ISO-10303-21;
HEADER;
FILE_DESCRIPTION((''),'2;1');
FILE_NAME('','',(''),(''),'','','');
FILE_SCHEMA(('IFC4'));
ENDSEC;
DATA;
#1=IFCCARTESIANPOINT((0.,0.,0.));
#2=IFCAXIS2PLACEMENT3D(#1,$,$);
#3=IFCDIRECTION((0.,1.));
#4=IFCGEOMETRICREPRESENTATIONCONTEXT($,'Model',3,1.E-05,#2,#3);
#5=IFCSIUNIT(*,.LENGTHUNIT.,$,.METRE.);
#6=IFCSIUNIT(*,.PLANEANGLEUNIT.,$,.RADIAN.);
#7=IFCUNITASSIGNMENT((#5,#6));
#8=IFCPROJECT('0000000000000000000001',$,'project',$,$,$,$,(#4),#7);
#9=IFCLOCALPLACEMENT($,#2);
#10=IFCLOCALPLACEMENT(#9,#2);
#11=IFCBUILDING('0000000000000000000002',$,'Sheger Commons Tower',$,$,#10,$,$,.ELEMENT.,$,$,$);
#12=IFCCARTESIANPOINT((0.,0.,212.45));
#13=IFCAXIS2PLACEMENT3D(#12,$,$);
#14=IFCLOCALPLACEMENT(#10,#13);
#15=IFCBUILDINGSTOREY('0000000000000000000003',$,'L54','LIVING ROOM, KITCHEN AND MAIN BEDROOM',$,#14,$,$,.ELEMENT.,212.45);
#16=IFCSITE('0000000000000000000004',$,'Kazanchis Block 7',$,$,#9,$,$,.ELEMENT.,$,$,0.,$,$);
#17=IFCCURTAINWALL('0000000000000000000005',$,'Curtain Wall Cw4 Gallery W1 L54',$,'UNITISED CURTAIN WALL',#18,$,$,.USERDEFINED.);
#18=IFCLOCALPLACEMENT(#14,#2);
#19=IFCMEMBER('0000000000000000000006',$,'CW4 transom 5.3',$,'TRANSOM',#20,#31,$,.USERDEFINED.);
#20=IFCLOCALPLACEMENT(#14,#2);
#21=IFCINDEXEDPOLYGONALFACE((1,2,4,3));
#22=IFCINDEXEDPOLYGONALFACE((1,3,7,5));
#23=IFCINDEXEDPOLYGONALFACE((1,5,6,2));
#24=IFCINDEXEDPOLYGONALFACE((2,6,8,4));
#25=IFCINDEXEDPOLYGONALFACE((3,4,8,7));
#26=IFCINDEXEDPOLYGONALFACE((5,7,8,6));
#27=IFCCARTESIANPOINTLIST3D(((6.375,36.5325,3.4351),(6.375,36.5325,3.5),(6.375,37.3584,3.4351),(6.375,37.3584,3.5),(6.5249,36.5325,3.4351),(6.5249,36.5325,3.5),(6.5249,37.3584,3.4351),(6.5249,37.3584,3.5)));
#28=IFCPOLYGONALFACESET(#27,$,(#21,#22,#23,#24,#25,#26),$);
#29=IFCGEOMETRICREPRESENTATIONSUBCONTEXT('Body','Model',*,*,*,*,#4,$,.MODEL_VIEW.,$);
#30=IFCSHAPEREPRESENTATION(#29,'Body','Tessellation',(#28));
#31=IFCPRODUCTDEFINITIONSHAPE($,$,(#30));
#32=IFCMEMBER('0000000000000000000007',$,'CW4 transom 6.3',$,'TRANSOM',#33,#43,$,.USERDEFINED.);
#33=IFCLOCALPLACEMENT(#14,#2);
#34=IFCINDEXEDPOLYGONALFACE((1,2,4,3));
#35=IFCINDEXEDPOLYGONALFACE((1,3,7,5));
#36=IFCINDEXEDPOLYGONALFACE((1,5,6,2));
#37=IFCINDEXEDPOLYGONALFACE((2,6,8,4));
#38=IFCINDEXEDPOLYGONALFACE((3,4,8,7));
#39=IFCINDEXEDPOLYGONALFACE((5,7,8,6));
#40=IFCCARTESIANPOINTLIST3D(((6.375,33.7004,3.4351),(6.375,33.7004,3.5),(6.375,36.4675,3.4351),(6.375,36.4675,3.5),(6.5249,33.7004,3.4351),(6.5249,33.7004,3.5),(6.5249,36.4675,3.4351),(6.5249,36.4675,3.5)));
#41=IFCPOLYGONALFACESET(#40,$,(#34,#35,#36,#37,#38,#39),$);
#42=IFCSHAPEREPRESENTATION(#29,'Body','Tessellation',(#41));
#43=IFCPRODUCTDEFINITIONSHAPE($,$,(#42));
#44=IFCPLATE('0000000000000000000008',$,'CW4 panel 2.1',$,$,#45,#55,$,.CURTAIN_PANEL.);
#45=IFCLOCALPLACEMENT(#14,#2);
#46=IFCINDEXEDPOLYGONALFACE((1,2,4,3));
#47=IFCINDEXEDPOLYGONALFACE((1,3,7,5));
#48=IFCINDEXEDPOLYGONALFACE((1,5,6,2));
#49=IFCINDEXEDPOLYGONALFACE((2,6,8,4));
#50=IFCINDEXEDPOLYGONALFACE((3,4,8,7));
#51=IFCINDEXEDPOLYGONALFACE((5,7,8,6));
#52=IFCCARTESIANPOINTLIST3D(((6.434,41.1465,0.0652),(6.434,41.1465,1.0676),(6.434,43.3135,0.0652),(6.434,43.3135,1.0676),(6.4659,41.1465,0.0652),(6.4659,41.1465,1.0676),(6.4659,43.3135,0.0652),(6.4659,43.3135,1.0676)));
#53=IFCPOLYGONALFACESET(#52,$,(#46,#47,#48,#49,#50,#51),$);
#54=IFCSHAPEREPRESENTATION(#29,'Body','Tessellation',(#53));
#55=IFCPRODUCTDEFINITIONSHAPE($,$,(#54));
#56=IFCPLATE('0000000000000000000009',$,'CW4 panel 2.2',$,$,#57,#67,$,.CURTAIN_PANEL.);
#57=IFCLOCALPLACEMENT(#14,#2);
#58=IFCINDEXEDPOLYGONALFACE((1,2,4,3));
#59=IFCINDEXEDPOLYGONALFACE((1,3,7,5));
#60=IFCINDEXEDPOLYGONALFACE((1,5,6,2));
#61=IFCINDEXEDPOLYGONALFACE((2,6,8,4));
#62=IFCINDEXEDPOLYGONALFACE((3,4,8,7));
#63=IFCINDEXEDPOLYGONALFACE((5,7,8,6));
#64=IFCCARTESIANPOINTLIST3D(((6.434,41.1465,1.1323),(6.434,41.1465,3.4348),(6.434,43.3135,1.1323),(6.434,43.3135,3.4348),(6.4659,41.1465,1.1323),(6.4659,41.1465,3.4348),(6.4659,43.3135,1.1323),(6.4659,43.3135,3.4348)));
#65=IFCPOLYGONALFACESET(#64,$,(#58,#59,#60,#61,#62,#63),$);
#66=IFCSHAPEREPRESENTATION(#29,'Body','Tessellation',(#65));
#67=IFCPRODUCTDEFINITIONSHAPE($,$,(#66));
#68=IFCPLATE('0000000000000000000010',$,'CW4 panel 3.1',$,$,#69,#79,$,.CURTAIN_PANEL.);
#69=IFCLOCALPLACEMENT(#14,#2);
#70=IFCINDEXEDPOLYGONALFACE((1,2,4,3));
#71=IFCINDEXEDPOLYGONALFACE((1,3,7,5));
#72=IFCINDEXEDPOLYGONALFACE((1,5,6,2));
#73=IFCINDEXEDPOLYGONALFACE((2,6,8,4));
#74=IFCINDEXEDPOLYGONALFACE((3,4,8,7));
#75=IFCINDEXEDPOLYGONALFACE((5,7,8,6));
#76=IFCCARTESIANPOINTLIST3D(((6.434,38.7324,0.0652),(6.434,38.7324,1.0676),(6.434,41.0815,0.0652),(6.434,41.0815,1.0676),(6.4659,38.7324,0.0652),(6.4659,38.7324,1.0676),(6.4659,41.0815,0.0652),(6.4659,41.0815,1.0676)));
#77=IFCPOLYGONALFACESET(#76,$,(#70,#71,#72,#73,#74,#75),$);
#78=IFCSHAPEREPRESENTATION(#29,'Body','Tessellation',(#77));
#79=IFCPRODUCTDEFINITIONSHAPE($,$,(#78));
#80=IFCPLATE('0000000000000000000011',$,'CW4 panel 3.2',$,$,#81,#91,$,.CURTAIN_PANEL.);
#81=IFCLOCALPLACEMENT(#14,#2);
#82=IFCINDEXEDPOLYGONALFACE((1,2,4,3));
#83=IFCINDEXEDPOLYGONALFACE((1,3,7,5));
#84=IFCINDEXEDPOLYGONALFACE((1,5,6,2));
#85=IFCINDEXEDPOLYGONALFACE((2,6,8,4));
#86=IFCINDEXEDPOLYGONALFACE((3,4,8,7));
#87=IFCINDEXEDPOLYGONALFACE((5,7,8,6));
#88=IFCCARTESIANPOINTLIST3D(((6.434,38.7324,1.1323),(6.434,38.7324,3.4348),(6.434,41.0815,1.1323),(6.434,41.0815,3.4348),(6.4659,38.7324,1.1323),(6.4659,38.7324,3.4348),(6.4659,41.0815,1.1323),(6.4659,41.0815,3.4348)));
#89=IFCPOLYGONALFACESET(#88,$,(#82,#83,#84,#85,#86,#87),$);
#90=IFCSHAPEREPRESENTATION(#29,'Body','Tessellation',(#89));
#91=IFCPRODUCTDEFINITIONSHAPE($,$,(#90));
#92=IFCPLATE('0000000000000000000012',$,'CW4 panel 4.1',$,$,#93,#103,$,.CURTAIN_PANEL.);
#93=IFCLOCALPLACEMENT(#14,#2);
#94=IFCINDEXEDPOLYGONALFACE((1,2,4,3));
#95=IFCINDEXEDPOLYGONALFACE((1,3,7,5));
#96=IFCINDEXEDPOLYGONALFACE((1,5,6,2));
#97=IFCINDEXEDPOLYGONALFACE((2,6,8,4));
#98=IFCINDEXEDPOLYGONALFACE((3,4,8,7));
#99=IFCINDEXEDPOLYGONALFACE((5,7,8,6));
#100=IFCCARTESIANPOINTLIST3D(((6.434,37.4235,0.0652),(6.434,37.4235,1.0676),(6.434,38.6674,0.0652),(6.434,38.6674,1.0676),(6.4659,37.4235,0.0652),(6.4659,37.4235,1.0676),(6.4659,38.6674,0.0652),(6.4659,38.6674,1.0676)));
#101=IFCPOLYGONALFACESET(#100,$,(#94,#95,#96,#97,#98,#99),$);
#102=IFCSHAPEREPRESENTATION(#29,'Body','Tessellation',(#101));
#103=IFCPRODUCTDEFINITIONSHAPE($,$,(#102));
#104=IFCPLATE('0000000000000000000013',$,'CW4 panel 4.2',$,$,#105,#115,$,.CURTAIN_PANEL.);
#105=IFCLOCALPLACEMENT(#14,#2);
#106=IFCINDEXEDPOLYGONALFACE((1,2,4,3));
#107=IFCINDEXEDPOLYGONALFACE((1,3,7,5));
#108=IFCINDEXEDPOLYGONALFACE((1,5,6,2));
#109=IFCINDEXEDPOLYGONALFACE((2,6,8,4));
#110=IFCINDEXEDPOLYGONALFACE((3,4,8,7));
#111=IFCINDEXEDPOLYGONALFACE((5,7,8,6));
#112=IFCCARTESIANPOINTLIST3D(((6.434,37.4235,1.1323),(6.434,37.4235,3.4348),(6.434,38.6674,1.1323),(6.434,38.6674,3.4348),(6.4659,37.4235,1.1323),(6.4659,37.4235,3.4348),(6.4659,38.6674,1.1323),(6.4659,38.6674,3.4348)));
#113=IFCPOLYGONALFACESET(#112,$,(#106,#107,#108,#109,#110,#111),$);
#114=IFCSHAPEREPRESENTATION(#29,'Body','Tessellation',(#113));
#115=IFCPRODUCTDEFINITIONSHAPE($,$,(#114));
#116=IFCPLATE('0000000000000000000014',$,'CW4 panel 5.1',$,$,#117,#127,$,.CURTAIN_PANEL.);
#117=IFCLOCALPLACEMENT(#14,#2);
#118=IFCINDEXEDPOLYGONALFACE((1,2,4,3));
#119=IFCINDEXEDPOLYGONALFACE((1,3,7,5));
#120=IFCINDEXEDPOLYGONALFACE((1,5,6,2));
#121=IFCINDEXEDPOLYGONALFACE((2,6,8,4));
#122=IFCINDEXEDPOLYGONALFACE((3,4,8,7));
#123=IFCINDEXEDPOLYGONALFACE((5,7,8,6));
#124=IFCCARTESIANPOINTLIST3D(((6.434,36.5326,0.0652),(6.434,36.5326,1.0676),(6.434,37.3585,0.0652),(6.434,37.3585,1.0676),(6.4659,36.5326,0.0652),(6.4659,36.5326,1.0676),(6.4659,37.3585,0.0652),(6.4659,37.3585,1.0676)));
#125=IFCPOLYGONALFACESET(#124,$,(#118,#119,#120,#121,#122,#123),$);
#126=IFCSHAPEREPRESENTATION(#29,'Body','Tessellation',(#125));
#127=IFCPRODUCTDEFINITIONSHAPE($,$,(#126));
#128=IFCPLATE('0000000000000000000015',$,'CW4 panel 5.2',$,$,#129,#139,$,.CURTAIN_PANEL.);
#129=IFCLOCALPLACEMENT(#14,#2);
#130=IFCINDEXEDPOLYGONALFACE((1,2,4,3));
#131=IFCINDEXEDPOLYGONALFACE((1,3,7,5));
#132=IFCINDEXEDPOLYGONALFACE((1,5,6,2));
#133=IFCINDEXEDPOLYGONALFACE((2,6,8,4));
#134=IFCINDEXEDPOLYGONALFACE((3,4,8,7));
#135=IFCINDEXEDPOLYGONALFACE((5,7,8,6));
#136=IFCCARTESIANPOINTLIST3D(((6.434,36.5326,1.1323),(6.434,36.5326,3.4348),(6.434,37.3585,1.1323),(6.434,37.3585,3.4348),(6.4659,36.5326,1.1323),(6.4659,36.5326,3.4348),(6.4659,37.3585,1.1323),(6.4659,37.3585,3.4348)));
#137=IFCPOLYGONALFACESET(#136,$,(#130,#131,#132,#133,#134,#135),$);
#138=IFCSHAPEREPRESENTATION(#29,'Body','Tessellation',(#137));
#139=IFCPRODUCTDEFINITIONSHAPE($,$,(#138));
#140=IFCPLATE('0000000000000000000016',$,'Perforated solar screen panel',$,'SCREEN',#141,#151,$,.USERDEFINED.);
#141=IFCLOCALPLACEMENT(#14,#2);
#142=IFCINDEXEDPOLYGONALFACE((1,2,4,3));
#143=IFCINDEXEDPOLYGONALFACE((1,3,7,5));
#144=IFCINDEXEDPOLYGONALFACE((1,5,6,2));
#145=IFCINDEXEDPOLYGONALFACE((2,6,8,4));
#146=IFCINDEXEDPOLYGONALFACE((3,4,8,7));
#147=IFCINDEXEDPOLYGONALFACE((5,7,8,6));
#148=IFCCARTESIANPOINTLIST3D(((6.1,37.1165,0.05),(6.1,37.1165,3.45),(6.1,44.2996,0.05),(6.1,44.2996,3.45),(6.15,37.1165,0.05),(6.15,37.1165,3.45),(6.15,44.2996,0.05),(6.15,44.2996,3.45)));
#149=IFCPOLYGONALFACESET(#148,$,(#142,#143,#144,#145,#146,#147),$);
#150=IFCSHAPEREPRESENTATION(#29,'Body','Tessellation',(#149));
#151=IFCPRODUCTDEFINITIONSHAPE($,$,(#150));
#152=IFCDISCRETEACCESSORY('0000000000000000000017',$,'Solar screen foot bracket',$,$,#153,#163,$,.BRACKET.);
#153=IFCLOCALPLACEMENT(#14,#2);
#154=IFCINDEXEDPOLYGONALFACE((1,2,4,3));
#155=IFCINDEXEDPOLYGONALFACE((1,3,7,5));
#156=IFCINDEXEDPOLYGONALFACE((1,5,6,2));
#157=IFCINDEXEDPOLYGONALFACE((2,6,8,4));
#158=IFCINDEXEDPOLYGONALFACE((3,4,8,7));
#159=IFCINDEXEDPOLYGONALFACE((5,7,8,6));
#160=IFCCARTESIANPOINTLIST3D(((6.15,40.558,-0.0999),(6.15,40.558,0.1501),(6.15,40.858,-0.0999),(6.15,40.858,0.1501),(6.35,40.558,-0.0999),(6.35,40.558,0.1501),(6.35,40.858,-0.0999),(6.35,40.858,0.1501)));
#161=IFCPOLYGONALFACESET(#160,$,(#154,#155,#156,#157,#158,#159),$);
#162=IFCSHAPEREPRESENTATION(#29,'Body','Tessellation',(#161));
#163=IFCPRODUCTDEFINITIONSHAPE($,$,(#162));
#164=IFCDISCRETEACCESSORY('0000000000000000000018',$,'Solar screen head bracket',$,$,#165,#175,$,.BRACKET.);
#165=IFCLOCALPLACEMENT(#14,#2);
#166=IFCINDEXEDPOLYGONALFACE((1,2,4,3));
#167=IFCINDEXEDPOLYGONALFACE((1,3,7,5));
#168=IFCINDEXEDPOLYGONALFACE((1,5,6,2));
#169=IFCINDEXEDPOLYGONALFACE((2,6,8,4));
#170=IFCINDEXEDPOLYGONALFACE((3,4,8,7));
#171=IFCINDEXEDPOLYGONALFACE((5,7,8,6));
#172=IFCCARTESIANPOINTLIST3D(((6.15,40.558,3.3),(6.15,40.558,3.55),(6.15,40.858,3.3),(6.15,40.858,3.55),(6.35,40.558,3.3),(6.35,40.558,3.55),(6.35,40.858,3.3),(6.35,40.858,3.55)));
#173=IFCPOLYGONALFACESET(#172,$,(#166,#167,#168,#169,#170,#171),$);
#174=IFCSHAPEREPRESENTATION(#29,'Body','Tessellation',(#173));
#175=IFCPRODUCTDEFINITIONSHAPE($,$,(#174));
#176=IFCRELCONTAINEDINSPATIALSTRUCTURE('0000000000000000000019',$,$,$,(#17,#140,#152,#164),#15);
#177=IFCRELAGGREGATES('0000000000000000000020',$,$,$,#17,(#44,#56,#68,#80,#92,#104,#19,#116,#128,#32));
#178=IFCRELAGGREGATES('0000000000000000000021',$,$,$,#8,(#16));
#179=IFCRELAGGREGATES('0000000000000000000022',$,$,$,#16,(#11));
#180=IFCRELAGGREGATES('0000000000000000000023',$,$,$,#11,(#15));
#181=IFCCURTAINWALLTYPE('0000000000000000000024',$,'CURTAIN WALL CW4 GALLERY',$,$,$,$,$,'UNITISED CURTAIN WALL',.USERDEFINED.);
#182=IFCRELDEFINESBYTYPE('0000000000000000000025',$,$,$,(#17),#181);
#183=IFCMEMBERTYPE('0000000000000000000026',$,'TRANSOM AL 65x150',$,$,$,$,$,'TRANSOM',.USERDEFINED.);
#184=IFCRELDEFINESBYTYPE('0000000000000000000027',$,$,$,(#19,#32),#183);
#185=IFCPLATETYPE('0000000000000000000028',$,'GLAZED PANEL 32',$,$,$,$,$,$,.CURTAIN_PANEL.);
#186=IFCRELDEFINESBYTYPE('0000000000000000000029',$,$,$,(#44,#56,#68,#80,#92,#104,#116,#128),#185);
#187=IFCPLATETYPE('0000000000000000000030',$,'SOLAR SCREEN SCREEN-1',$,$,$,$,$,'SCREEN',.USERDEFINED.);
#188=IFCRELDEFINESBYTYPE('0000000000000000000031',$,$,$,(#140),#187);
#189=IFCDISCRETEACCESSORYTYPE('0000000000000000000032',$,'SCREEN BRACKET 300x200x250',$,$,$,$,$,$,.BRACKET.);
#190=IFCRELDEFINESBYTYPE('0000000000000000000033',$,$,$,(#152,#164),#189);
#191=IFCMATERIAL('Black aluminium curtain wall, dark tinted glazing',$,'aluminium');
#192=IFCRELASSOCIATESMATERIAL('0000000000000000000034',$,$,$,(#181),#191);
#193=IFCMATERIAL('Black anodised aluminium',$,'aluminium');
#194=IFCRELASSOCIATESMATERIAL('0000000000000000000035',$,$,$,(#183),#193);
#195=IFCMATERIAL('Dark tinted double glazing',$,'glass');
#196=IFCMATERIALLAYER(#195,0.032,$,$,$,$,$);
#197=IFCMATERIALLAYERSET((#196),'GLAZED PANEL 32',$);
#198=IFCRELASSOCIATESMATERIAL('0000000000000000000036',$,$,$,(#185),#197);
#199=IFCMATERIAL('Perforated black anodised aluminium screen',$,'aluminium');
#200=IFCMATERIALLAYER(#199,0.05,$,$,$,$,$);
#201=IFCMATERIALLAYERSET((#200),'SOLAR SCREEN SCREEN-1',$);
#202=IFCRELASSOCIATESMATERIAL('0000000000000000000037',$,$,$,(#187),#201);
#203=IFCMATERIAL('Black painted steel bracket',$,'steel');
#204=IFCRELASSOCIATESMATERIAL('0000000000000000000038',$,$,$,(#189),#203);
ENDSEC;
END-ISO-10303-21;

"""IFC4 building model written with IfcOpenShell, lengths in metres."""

from ifc_helpers import new_model, si_unit, direction, frame, origin, origin_2d, place, context, subcontext, project, spatial, rectangle, extrude, material, layer, layer_set, material_profile, profile_set, type_object, element, aggregate, save


model = new_model("IFC4")

# Units and contexts
model_context = context("Model", 3, precision=1e-05, world=origin(), true_north=direction((0.0, 1.0)))
body_context = subcontext(model_context, "Body", "Model", "MODEL_VIEW")
ifc_project = project(units=[si_unit("LENGTHUNIT", "METRE"), si_unit("PLANEANGLEUNIT", "RADIAN")], contexts=[model_context])

# Site, building, storey
site_placement = place(None, origin())
site = spatial("IfcSite", under=ifc_project, at=site_placement, Name="Kazanchis Block 7", CompositionType="ELEMENT", RefElevation=0.0)
building_placement = place(site_placement, origin())
building = spatial("IfcBuilding", under=site, at=building_placement, Name="Sheger Commons Tower", CompositionType="ELEMENT")
storey_placement = place(building_placement, frame((0.0, 0.0, 212.45)))
storey = spatial("IfcBuildingStorey", under=building, at=storey_placement, Name="L54", Description="LIVING ROOM, KITCHEN AND MAIN BEDROOM", CompositionType="ELEMENT", Elevation=212.45)

# Curtain wall, members, plates
ifc_material_1 = material(Name="Black aluminium curtain wall, dark tinted glazing", Category="aluminium")
curtain_wall_type = type_object("IfcCurtainWallType", Name="CURTAIN WALL CW4 GALLERY", ElementType="UNITISED CURTAIN WALL", PredefinedType="USERDEFINED", material=ifc_material_1)
curtain_wall_placement = place(storey_placement, origin())
curtain_wall = element("IfcCurtainWall", 1, at=curtain_wall_placement, inside=storey, type_object=curtain_wall_type, Name="Curtain Wall Cw4 Gallery W1 L54", ObjectType="UNITISED CURTAIN WALL", PredefinedType="USERDEFINED")
ifc_material_2 = material(Name="Black anodised aluminium", Category="aluminium")
ifc_material_profile_1 = material_profile(ifc_material_2, rectangle(XDim=0.1499, YDim=0.0649, at=origin_2d()), Name="AL 65x150")
ifc_profile_set_1 = profile_set([ifc_material_profile_1], Name="Black anodised aluminium")
member_type_1 = type_object("IfcMemberType", Name="TRANSOM AL 65x150", ElementType="TRANSOM", PredefinedType="USERDEFINED", material=ifc_profile_set_1)
member_1_placement = place(storey_placement, frame((6.45, 37.3584, 3.4675), z_axis=(0.0, -1.0, 0.0), x_axis=(1.0, 0.0, 0.0)))
member_1 = element("IfcMember", 2, at=member_1_placement, type_object=member_type_1, Name="CW4 transom 5.3", ObjectType="TRANSOM", PredefinedType="USERDEFINED", context=body_context, shape_type="SweptSolid", body=[
    extrude(rectangle(XDim=0.1499, YDim=0.0649, at=origin_2d()), origin(), (0.0, 0.0, 1.0), 0.8259),
])
member_2_placement = place(storey_placement, frame((6.45, 36.4675, 3.4675), z_axis=(0.0, -1.0, 0.0), x_axis=(1.0, 0.0, 0.0)))
member_2 = element("IfcMember", 3, at=member_2_placement, type_object=member_type_1, Name="CW4 transom 6.3", ObjectType="TRANSOM", PredefinedType="USERDEFINED", context=body_context, shape_type="SweptSolid", body=[
    extrude(rectangle(XDim=0.1499, YDim=0.0649, at=origin_2d()), origin(), (0.0, 0.0, 1.0), 2.7671),
])
ifc_material_3 = material(Name="Dark tinted double glazing", Category="glass")
ifc_layer_1 = layer(ifc_material_3, 0.032)
ifc_layer_set_1 = layer_set([ifc_layer_1], Name="GLAZED PANEL 32")
plate_type_1 = type_object("IfcPlateType", Name="GLAZED PANEL 32", PredefinedType="CURTAIN_PANEL", material=ifc_layer_set_1)
plate_1_placement = place(storey_placement, frame((6.45, 42.23, 0.0652), z_axis=(0.0, 0.0, 1.0), x_axis=(0.0, -1.0, 0.0)))
plate_1 = element("IfcPlate", 4, at=plate_1_placement, type_object=plate_type_1, Name="CW4 panel 2.1", PredefinedType="CURTAIN_PANEL", context=body_context, shape_type="SweptSolid", body=[
    extrude(rectangle(XDim=2.167, YDim=0.032, at=origin_2d()), origin(), (0.0, 0.0, 1.0), 1.0024),
])
plate_2_placement = place(storey_placement, frame((6.45, 42.23, 1.1323), z_axis=(0.0, 0.0, 1.0), x_axis=(0.0, -1.0, 0.0)))
plate_2 = element("IfcPlate", 5, at=plate_2_placement, type_object=plate_type_1, Name="CW4 panel 2.2", PredefinedType="CURTAIN_PANEL", context=body_context, shape_type="SweptSolid", body=[
    extrude(rectangle(XDim=2.167, YDim=0.032, at=origin_2d()), origin(), (0.0, 0.0, 1.0), 2.3025),
])
plate_3_placement = place(storey_placement, frame((6.45, 39.907, 0.0652), z_axis=(0.0, 0.0, 1.0), x_axis=(0.0, -1.0, 0.0)))
plate_3 = element("IfcPlate", 6, at=plate_3_placement, type_object=plate_type_1, Name="CW4 panel 3.1", PredefinedType="CURTAIN_PANEL", context=body_context, shape_type="SweptSolid", body=[
    extrude(rectangle(XDim=2.3491, YDim=0.032, at=origin_2d()), origin(), (0.0, 0.0, 1.0), 1.0024),
])
plate_4_placement = place(storey_placement, frame((6.45, 39.907, 1.1323), z_axis=(0.0, 0.0, 1.0), x_axis=(0.0, -1.0, 0.0)))
plate_4 = element("IfcPlate", 7, at=plate_4_placement, type_object=plate_type_1, Name="CW4 panel 3.2", PredefinedType="CURTAIN_PANEL", context=body_context, shape_type="SweptSolid", body=[
    extrude(rectangle(XDim=2.3491, YDim=0.032, at=origin_2d()), origin(), (0.0, 0.0, 1.0), 2.3025),
])
plate_5_placement = place(storey_placement, frame((6.45, 38.0454, 0.0652), z_axis=(0.0, 0.0, 1.0), x_axis=(0.0, -1.0, 0.0)))
plate_5 = element("IfcPlate", 8, at=plate_5_placement, type_object=plate_type_1, Name="CW4 panel 4.1", PredefinedType="CURTAIN_PANEL", context=body_context, shape_type="SweptSolid", body=[
    extrude(rectangle(XDim=1.2439, YDim=0.032, at=origin_2d()), origin(), (0.0, 0.0, 1.0), 1.0024),
])
plate_6_placement = place(storey_placement, frame((6.45, 38.0454, 1.1323), z_axis=(0.0, 0.0, 1.0), x_axis=(0.0, -1.0, 0.0)))
plate_6 = element("IfcPlate", 9, at=plate_6_placement, type_object=plate_type_1, Name="CW4 panel 4.2", PredefinedType="CURTAIN_PANEL", context=body_context, shape_type="SweptSolid", body=[
    extrude(rectangle(XDim=1.2439, YDim=0.032, at=origin_2d()), origin(), (0.0, 0.0, 1.0), 2.3025),
])
plate_7_placement = place(storey_placement, frame((6.45, 36.9456, 0.0652), z_axis=(0.0, 0.0, 1.0), x_axis=(0.0, -1.0, 0.0)))
plate_7 = element("IfcPlate", 10, at=plate_7_placement, type_object=plate_type_1, Name="CW4 panel 5.1", PredefinedType="CURTAIN_PANEL", context=body_context, shape_type="SweptSolid", body=[
    extrude(rectangle(XDim=0.8259, YDim=0.032, at=origin_2d()), origin(), (0.0, 0.0, 1.0), 1.0024),
])
plate_8_placement = place(storey_placement, frame((6.45, 36.9456, 1.1323), z_axis=(0.0, 0.0, 1.0), x_axis=(0.0, -1.0, 0.0)))
plate_8 = element("IfcPlate", 11, at=plate_8_placement, type_object=plate_type_1, Name="CW4 panel 5.2", PredefinedType="CURTAIN_PANEL", context=body_context, shape_type="SweptSolid", body=[
    extrude(rectangle(XDim=0.8259, YDim=0.032, at=origin_2d()), origin(), (0.0, 0.0, 1.0), 2.3025),
])
aggregate(curtain_wall, [plate_1, plate_2, plate_3, plate_4, plate_5, plate_6, member_1, plate_7, plate_8, member_2])

# Plate
ifc_material_4 = material(Name="Perforated black anodised aluminium screen", Category="aluminium")
ifc_layer_2 = layer(ifc_material_4, 0.05)
ifc_layer_set_2 = layer_set([ifc_layer_2], Name="SOLAR SCREEN SCREEN-1")
plate_type_2 = type_object("IfcPlateType", Name="SOLAR SCREEN SCREEN-1", ElementType="SCREEN", PredefinedType="USERDEFINED", material=ifc_layer_set_2)
plate_9_placement = place(storey_placement, frame((6.125, 40.708, 0.05), z_axis=(0.0, 0.0, 1.0), x_axis=(0.0, -1.0, 0.0)))
element("IfcPlate", 12, at=plate_9_placement, inside=storey, type_object=plate_type_2, Name="Perforated solar screen panel", ObjectType="SCREEN", PredefinedType="USERDEFINED", context=body_context, shape_type="SweptSolid", body=[
    extrude(rectangle(XDim=7.1831, YDim=0.05, at=origin_2d()), origin(), (0.0, 0.0, 1.0), 3.3999),
])

# Discrete accessories
ifc_material_5 = material(Name="Black painted steel bracket", Category="steel")
discrete_accessory_type = type_object("IfcDiscreteAccessoryType", Name="SCREEN BRACKET 300x200x250", PredefinedType="BRACKET", material=ifc_material_5)
for number, where, z_axis, x_axis, name in (
    (13, (6.25, 40.708, -0.0999), (0.0, 0.0, 1.0), (0.0, -1.0, 0.0), "Solar screen foot bracket"),
    (14, (6.25, 40.708, 3.3), (0.0, 0.0, 1.0), (0.0, -1.0, 0.0), "Solar screen head bracket"),
):
    element("IfcDiscreteAccessory", number, at=place(storey_placement, frame(where, z_axis=z_axis, x_axis=x_axis)), inside=storey, type_object=discrete_accessory_type, Name=name, PredefinedType="BRACKET", context=body_context, shape_type="SweptSolid", body=[
        extrude(rectangle(XDim=0.3, YDim=0.2, at=origin_2d()), origin(), (0.0, 0.0, 1.0), 0.25),
    ])

save(model, "model.ifc")
